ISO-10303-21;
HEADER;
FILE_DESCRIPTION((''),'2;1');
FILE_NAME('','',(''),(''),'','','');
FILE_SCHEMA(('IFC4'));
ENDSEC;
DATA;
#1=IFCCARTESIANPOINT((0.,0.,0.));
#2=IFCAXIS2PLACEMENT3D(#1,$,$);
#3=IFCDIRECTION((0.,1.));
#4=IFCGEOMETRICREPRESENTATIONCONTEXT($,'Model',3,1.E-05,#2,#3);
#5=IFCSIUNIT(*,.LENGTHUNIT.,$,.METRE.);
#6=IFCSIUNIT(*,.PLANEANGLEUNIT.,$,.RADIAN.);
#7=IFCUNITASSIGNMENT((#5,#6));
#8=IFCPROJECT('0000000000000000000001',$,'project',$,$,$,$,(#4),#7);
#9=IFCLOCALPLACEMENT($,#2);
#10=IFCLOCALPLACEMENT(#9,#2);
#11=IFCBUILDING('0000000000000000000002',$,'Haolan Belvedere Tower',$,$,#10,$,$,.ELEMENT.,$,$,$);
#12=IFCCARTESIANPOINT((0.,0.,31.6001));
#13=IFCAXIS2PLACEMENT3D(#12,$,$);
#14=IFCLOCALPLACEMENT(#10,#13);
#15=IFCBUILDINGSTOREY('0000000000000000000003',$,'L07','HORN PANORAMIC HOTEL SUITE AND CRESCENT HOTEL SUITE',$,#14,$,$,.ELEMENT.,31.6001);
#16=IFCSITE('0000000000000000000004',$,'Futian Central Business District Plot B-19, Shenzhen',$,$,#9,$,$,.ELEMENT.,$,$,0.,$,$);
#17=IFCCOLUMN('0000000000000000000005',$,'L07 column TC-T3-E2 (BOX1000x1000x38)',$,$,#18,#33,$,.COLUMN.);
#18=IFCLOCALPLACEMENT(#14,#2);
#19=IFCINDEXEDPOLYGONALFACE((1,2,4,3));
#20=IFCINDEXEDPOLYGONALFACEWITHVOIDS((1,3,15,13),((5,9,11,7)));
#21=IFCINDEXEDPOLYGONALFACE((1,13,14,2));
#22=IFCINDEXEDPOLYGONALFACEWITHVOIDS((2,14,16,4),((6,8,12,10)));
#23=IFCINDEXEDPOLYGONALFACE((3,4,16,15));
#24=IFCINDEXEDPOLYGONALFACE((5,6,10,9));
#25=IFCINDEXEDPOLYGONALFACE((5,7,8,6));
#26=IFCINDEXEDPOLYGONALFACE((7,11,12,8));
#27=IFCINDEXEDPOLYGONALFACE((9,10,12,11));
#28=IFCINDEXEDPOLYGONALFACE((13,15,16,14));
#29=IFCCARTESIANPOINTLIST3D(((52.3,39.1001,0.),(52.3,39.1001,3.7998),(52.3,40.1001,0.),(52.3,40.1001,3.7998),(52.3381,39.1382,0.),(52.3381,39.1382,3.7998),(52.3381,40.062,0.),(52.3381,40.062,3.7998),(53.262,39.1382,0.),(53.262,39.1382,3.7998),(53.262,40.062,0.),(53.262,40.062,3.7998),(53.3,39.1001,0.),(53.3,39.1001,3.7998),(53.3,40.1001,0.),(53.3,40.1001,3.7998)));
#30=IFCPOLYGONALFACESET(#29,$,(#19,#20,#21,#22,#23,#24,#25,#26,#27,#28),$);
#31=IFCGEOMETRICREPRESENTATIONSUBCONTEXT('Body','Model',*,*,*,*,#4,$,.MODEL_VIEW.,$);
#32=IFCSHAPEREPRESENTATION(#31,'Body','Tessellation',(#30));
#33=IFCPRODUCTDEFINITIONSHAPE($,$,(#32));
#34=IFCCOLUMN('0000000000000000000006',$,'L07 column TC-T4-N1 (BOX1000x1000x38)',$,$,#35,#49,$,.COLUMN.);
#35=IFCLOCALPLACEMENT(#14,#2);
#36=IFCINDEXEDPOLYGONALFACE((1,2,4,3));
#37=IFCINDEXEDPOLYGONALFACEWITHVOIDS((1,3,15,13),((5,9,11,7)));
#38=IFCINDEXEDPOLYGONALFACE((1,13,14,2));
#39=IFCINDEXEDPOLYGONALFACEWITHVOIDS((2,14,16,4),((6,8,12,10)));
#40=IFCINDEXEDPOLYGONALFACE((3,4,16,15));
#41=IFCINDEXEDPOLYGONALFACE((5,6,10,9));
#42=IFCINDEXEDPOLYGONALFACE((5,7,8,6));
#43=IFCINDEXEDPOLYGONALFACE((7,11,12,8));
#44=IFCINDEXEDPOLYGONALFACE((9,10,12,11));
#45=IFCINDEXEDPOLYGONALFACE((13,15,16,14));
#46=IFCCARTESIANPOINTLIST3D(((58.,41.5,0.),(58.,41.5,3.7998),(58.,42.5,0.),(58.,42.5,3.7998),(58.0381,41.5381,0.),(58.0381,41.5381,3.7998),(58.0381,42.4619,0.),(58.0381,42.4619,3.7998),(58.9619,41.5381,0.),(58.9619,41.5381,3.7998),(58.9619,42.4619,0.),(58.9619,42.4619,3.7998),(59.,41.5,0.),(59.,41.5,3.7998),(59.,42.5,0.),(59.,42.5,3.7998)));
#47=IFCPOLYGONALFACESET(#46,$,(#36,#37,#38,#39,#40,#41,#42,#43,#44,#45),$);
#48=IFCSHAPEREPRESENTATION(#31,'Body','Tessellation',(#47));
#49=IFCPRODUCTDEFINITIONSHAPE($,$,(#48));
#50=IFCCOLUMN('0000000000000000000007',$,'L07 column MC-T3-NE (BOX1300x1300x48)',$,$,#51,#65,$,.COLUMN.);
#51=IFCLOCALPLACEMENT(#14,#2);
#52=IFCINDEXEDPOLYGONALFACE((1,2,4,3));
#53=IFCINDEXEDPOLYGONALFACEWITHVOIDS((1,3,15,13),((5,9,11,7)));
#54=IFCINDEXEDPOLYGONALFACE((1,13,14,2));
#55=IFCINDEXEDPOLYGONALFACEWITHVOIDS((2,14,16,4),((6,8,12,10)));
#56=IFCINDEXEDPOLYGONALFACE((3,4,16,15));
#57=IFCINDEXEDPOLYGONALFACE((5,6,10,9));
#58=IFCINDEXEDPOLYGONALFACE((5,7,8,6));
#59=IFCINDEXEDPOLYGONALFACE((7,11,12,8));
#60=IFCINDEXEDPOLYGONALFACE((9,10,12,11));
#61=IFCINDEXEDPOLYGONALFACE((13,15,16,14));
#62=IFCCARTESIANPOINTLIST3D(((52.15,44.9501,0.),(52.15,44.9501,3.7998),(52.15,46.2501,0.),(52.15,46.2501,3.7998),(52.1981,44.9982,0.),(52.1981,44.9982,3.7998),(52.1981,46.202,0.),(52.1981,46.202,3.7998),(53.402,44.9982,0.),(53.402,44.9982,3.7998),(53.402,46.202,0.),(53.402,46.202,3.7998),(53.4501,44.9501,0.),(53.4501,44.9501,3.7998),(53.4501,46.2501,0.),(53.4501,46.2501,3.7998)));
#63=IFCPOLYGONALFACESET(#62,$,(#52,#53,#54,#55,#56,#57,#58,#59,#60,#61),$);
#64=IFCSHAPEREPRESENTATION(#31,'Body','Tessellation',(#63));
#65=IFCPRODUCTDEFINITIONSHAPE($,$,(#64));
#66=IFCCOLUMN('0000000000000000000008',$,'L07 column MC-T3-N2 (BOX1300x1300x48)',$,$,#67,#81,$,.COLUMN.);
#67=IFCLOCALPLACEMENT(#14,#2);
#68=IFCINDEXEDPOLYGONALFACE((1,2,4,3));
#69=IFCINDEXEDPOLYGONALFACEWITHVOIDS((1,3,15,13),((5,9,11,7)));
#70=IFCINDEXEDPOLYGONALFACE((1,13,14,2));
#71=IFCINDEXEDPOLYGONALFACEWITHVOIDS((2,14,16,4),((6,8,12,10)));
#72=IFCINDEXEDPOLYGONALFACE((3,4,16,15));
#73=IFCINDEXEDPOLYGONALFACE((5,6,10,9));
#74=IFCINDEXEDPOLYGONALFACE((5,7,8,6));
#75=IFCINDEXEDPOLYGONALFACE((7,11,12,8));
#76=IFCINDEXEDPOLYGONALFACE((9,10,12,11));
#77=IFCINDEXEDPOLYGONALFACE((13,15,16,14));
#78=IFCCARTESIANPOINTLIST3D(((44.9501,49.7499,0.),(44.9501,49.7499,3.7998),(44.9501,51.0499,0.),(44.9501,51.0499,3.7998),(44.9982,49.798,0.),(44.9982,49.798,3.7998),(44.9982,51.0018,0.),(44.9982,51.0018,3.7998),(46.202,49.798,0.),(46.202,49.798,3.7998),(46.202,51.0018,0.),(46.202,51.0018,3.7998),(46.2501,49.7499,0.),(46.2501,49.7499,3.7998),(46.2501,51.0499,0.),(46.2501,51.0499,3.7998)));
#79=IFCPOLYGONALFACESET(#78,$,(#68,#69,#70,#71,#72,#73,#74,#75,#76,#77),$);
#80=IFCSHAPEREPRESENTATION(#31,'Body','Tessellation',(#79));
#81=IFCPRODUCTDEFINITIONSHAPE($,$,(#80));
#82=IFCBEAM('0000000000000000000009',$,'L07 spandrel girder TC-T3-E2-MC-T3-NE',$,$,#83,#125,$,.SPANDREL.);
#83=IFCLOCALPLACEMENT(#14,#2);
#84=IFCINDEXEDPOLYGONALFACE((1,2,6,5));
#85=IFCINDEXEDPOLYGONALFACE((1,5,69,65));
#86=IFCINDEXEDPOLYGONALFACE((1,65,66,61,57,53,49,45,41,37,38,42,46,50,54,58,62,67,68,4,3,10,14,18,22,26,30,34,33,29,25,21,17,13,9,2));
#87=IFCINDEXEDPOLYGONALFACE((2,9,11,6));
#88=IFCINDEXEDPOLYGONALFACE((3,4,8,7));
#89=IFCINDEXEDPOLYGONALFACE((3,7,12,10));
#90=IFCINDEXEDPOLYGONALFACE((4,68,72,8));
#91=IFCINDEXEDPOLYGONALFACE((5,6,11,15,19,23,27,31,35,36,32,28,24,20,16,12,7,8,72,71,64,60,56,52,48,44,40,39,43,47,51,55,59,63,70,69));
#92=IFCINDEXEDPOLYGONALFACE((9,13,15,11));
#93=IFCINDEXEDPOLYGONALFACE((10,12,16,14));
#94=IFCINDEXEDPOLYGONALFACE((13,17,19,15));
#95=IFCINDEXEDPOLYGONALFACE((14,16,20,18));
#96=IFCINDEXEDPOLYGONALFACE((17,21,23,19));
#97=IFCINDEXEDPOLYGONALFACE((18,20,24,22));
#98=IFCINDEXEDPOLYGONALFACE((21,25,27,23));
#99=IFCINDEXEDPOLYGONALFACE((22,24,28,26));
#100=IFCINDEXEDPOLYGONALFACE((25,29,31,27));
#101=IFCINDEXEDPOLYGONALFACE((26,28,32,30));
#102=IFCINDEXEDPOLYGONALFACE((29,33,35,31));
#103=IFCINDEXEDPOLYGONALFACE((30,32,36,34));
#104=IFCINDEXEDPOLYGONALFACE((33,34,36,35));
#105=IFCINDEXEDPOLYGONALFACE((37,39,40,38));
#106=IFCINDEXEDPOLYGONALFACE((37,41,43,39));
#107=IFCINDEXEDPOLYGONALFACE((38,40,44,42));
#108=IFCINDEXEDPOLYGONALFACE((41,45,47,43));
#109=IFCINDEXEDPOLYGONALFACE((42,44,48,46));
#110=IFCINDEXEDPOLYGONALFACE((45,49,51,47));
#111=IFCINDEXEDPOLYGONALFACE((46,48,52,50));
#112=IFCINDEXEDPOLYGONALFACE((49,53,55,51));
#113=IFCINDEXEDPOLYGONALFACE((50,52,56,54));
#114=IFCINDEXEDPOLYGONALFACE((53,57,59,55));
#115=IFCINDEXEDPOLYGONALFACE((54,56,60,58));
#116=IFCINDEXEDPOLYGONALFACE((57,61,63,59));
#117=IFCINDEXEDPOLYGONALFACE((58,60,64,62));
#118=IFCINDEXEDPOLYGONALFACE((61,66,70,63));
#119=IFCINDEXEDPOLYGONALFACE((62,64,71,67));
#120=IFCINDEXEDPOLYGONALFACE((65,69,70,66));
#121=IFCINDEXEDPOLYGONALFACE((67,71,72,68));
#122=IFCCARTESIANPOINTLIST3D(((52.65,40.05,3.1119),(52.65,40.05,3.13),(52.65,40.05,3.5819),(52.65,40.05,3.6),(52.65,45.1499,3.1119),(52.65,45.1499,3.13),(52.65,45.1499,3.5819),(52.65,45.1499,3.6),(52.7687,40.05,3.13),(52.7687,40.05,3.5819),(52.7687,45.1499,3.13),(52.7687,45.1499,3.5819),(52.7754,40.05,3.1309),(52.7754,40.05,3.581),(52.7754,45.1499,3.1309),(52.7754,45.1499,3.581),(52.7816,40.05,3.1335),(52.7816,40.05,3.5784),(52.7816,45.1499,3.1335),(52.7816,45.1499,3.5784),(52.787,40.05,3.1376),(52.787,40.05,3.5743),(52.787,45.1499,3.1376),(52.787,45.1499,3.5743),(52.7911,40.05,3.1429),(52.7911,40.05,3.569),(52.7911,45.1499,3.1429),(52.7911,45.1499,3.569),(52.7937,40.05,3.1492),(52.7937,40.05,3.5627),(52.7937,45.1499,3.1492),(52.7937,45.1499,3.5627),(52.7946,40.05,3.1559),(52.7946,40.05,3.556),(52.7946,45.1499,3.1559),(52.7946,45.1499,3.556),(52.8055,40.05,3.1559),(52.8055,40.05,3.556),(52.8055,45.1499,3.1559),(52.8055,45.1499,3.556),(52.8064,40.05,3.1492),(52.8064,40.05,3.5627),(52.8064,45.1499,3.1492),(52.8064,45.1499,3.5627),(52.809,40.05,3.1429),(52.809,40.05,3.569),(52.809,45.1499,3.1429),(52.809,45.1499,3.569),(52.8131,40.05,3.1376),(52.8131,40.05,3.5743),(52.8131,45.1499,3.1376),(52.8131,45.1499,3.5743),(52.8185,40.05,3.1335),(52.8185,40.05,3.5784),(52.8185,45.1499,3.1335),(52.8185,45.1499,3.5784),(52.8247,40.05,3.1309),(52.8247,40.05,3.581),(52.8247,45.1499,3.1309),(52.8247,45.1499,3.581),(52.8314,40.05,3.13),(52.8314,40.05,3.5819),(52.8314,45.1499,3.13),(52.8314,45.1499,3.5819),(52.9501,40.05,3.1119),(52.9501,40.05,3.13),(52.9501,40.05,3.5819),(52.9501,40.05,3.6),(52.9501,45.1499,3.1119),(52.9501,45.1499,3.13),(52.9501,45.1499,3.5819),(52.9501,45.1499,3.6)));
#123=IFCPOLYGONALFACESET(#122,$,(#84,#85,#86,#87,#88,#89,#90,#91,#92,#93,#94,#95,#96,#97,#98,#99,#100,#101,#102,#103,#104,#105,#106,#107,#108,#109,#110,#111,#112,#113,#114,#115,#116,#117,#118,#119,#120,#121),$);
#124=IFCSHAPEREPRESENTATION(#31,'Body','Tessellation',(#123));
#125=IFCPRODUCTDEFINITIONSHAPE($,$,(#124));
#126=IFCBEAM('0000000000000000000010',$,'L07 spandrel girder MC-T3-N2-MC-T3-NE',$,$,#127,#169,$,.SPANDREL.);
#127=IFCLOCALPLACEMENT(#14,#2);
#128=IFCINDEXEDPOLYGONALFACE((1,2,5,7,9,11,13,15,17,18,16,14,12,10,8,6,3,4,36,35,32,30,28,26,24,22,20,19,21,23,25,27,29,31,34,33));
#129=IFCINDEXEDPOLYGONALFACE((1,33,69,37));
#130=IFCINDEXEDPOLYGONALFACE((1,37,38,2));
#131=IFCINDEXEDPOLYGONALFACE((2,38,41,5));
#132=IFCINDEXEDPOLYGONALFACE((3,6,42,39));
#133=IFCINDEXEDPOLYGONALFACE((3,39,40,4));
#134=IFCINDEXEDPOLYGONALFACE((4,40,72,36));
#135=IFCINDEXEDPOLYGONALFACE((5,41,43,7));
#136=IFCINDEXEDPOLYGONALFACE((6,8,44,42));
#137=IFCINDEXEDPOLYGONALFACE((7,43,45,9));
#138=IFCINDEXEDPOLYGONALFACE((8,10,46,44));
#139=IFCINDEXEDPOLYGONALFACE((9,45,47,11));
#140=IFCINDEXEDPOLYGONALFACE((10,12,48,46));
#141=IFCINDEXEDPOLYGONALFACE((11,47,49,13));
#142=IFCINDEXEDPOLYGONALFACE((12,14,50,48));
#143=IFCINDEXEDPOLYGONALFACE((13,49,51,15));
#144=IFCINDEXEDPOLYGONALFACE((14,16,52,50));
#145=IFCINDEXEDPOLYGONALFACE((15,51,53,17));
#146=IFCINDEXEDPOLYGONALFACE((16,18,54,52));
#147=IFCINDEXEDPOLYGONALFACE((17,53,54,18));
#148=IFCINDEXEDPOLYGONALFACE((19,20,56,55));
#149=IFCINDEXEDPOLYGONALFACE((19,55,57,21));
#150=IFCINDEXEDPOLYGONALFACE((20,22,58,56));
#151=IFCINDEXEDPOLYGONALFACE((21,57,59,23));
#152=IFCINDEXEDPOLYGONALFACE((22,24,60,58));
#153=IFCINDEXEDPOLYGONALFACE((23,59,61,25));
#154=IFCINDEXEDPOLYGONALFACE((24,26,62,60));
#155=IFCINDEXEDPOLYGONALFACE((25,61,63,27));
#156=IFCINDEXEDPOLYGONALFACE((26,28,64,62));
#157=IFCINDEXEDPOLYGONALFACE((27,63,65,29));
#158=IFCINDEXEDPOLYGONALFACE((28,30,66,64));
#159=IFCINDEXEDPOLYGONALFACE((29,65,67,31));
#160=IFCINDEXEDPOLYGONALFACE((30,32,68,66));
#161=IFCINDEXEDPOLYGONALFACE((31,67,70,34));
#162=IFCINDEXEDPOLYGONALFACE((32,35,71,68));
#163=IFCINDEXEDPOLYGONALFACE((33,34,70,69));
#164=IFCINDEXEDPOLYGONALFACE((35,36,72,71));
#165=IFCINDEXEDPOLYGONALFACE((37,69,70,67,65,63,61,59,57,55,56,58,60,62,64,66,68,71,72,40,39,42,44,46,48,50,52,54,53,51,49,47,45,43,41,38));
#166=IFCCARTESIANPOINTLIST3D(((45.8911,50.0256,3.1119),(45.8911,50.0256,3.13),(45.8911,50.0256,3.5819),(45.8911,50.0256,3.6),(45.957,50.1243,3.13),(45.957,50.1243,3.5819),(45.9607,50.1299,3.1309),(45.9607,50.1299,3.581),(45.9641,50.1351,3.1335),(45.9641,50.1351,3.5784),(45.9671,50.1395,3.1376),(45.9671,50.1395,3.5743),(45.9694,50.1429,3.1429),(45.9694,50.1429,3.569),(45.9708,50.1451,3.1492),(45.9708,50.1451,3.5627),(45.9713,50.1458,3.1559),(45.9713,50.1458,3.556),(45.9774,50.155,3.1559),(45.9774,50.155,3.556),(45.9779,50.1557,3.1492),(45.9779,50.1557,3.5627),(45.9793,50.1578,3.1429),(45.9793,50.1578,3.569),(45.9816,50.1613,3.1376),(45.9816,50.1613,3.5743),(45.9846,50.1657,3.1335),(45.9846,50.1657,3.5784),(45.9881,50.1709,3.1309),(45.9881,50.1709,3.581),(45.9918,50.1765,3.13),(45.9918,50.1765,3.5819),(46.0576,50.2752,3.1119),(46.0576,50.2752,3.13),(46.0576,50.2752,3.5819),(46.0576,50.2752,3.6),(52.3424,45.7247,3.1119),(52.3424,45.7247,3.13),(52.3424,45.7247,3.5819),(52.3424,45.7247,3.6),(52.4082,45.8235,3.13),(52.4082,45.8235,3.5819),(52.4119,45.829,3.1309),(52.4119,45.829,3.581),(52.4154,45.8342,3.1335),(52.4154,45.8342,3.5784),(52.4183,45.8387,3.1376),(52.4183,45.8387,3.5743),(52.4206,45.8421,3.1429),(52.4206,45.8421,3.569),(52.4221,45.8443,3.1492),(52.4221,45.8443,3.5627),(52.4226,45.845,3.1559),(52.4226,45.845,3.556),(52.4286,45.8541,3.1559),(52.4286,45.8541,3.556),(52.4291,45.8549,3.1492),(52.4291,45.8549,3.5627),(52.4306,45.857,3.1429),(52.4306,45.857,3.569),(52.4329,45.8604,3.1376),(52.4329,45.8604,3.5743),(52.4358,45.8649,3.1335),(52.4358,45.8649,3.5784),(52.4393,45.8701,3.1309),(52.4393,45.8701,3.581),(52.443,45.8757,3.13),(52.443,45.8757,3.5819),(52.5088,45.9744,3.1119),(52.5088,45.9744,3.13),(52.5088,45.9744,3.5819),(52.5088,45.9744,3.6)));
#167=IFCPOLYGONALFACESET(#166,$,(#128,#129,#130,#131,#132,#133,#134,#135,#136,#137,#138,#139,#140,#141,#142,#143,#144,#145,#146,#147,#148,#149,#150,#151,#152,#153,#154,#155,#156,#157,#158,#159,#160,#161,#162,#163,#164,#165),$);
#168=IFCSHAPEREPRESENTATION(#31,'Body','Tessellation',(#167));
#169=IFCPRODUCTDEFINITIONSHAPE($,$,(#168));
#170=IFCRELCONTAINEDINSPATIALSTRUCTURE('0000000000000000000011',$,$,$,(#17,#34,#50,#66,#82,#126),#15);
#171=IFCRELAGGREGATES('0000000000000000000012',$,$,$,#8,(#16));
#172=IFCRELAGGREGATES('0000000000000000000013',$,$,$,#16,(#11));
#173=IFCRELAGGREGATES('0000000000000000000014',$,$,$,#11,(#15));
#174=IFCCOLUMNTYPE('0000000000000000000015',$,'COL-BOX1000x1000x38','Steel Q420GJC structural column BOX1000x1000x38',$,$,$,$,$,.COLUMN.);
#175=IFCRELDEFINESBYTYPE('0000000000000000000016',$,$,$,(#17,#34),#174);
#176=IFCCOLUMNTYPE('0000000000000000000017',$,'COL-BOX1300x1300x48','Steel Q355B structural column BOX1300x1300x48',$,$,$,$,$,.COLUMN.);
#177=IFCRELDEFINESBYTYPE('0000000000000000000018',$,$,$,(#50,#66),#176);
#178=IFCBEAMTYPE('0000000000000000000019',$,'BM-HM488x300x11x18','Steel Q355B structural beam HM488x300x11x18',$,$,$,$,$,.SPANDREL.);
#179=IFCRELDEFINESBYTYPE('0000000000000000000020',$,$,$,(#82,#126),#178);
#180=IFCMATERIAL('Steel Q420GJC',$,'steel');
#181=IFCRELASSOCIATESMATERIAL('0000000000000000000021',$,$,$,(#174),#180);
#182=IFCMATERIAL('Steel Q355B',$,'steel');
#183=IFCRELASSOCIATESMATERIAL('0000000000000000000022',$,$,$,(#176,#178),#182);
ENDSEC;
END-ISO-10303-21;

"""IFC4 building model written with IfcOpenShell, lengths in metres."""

from ifc_helpers import new_model, si_unit, direction, frame, origin, origin_2d, place, context, subcontext, project, spatial, hollow_rectangle, i_section, extrude, material, material_profile, profile_set, type_object, element, save


model = new_model("IFC4")

# Units and contexts
model_context = context("Model", 3, precision=1e-05, world=origin(), true_north=direction((0.0, 1.0)))
body_context = subcontext(model_context, "Body", "Model", "MODEL_VIEW")
ifc_project = project(units=[si_unit("LENGTHUNIT", "METRE"), si_unit("PLANEANGLEUNIT", "RADIAN")], contexts=[model_context])

# Site, building, storey
site_placement = place(None, origin())
site = spatial("IfcSite", under=ifc_project, at=site_placement, Name="Futian Central Business District Plot B-19, Shenzhen", CompositionType="ELEMENT", RefElevation=0.0)
building_placement = place(site_placement, origin())
building = spatial("IfcBuilding", under=site, at=building_placement, Name="Haolan Belvedere Tower", CompositionType="ELEMENT")
storey_placement = place(building_placement, frame((0.0, 0.0, 31.6001)))
storey = spatial("IfcBuildingStorey", under=building, at=storey_placement, Name="L07", Description="HORN PANORAMIC HOTEL SUITE AND CRESCENT HOTEL SUITE", CompositionType="ELEMENT", Elevation=31.6001)

# Columns
ifc_material_1 = material(Name="Steel Q420GJC", Category="steel")
ifc_material_profile_1 = material_profile(ifc_material_1, hollow_rectangle(XDim=1.0, YDim=1.0, WallThickness=0.0381, at=origin_2d()), Name="Steel Q420GJC")
ifc_profile_set_1 = profile_set([ifc_material_profile_1], Name="Steel Q420GJC")
column_type_1 = type_object("IfcColumnType", Name="COL-BOX1000x1000x38", Description="Steel Q420GJC structural column BOX1000x1000x38", PredefinedType="COLUMN", material=ifc_profile_set_1)
for number, where, z_axis, x_axis, name in (
    (1, (52.8, 39.6001, 0.0), (0.0, 0.0, 1.0), (1.0, 0.0, 0.0), "L07 column TC-T3-E2 (BOX1000x1000x38)"),
    (2, (58.5, 42.0, 0.0), (0.0, 0.0, 1.0), (1.0, 0.0, 0.0), "L07 column TC-T4-N1 (BOX1000x1000x38)"),
):
    element("IfcColumn", number, at=place(storey_placement, frame(where, z_axis=z_axis, x_axis=x_axis)), inside=storey, type_object=column_type_1, Name=name, PredefinedType="COLUMN", context=body_context, shape_type="SweptSolid", body=[
        extrude(hollow_rectangle(XDim=1.0, YDim=1.0, WallThickness=0.0381, at=origin_2d()), origin(), (0.0, 0.0, 1.0), 3.7998),
    ])
ifc_material_2 = material(Name="Steel Q355B", Category="steel")
ifc_material_profile_2 = material_profile(ifc_material_2, hollow_rectangle(XDim=1.3, YDim=1.3, WallThickness=0.0481, at=origin_2d()), Name="Steel Q355B")
ifc_profile_set_2 = profile_set([ifc_material_profile_2], Name="Steel Q355B")
column_type_2 = type_object("IfcColumnType", Name="COL-BOX1300x1300x48", Description="Steel Q355B structural column BOX1300x1300x48", PredefinedType="COLUMN", material=ifc_profile_set_2)
for number, where, z_axis, x_axis, name in (
    (3, (52.8, 45.6001, 0.0), (0.0, 0.0, 1.0), (1.0, 0.0, 0.0), "L07 column MC-T3-NE (BOX1300x1300x48)"),
    (4, (45.6001, 50.3999, 0.0), (0.0, 0.0, 1.0), (1.0, 0.0, 0.0), "L07 column MC-T3-N2 (BOX1300x1300x48)"),
):
    element("IfcColumn", number, at=place(storey_placement, frame(where, z_axis=z_axis, x_axis=x_axis)), inside=storey, type_object=column_type_2, Name=name, PredefinedType="COLUMN", context=body_context, shape_type="SweptSolid", body=[
        extrude(hollow_rectangle(XDim=1.3, YDim=1.3, WallThickness=0.0481, at=origin_2d()), origin(), (0.0, 0.0, 1.0), 3.7998),
    ])

# Beams
ifc_material_profile_3 = material_profile(ifc_material_2, i_section(OverallWidth=0.3, OverallDepth=0.488, WebThickness=0.011, FlangeThickness=0.0181, FilletRadius=0.0259, at=origin_2d()), Name="Steel Q355B")
ifc_profile_set_3 = profile_set([ifc_material_profile_3], Name="Steel Q355B")
beam_type_1 = type_object("IfcBeamType", Name="BM-HM488x300x11x18", Description="Steel Q355B structural beam HM488x300x11x18", PredefinedType="SPANDREL", material=ifc_profile_set_3)
beam_1_placement = place(storey_placement, frame((52.8, 40.05, 3.356), z_axis=(0.0, 1.0, 0.0), x_axis=(-1.0, 0.0, 0.0)))
element("IfcBeam", 5, at=beam_1_placement, inside=storey, type_object=beam_type_1, Name="L07 spandrel girder TC-T3-E2-MC-T3-NE", PredefinedType="SPANDREL", context=body_context, shape_type="SweptSolid", body=[
    extrude(i_section(OverallWidth=0.3, OverallDepth=0.488, WebThickness=0.011, FlangeThickness=0.0181, FilletRadius=0.0259, at=origin_2d()), origin(), (0.0, 0.0, 1.0), 5.0999),
])
beam_2_placement = place(storey_placement, frame((45.9744, 50.1504, 3.356), z_axis=(0.83205, -0.5547, 0.0), x_axis=(0.5547, 0.83205, 0.0)))
element("IfcBeam", 6, at=beam_2_placement, inside=storey, type_object=beam_type_1, Name="L07 spandrel girder MC-T3-N2-MC-T3-NE", PredefinedType="SPANDREL", context=body_context, shape_type="SweptSolid", body=[
    extrude(i_section(OverallWidth=0.3, OverallDepth=0.488, WebThickness=0.011, FlangeThickness=0.0181, FilletRadius=0.0259, at=origin_2d()), origin(), (0.0, 0.0, 1.0), 7.7534),
])

save(model, "model.ifc")
